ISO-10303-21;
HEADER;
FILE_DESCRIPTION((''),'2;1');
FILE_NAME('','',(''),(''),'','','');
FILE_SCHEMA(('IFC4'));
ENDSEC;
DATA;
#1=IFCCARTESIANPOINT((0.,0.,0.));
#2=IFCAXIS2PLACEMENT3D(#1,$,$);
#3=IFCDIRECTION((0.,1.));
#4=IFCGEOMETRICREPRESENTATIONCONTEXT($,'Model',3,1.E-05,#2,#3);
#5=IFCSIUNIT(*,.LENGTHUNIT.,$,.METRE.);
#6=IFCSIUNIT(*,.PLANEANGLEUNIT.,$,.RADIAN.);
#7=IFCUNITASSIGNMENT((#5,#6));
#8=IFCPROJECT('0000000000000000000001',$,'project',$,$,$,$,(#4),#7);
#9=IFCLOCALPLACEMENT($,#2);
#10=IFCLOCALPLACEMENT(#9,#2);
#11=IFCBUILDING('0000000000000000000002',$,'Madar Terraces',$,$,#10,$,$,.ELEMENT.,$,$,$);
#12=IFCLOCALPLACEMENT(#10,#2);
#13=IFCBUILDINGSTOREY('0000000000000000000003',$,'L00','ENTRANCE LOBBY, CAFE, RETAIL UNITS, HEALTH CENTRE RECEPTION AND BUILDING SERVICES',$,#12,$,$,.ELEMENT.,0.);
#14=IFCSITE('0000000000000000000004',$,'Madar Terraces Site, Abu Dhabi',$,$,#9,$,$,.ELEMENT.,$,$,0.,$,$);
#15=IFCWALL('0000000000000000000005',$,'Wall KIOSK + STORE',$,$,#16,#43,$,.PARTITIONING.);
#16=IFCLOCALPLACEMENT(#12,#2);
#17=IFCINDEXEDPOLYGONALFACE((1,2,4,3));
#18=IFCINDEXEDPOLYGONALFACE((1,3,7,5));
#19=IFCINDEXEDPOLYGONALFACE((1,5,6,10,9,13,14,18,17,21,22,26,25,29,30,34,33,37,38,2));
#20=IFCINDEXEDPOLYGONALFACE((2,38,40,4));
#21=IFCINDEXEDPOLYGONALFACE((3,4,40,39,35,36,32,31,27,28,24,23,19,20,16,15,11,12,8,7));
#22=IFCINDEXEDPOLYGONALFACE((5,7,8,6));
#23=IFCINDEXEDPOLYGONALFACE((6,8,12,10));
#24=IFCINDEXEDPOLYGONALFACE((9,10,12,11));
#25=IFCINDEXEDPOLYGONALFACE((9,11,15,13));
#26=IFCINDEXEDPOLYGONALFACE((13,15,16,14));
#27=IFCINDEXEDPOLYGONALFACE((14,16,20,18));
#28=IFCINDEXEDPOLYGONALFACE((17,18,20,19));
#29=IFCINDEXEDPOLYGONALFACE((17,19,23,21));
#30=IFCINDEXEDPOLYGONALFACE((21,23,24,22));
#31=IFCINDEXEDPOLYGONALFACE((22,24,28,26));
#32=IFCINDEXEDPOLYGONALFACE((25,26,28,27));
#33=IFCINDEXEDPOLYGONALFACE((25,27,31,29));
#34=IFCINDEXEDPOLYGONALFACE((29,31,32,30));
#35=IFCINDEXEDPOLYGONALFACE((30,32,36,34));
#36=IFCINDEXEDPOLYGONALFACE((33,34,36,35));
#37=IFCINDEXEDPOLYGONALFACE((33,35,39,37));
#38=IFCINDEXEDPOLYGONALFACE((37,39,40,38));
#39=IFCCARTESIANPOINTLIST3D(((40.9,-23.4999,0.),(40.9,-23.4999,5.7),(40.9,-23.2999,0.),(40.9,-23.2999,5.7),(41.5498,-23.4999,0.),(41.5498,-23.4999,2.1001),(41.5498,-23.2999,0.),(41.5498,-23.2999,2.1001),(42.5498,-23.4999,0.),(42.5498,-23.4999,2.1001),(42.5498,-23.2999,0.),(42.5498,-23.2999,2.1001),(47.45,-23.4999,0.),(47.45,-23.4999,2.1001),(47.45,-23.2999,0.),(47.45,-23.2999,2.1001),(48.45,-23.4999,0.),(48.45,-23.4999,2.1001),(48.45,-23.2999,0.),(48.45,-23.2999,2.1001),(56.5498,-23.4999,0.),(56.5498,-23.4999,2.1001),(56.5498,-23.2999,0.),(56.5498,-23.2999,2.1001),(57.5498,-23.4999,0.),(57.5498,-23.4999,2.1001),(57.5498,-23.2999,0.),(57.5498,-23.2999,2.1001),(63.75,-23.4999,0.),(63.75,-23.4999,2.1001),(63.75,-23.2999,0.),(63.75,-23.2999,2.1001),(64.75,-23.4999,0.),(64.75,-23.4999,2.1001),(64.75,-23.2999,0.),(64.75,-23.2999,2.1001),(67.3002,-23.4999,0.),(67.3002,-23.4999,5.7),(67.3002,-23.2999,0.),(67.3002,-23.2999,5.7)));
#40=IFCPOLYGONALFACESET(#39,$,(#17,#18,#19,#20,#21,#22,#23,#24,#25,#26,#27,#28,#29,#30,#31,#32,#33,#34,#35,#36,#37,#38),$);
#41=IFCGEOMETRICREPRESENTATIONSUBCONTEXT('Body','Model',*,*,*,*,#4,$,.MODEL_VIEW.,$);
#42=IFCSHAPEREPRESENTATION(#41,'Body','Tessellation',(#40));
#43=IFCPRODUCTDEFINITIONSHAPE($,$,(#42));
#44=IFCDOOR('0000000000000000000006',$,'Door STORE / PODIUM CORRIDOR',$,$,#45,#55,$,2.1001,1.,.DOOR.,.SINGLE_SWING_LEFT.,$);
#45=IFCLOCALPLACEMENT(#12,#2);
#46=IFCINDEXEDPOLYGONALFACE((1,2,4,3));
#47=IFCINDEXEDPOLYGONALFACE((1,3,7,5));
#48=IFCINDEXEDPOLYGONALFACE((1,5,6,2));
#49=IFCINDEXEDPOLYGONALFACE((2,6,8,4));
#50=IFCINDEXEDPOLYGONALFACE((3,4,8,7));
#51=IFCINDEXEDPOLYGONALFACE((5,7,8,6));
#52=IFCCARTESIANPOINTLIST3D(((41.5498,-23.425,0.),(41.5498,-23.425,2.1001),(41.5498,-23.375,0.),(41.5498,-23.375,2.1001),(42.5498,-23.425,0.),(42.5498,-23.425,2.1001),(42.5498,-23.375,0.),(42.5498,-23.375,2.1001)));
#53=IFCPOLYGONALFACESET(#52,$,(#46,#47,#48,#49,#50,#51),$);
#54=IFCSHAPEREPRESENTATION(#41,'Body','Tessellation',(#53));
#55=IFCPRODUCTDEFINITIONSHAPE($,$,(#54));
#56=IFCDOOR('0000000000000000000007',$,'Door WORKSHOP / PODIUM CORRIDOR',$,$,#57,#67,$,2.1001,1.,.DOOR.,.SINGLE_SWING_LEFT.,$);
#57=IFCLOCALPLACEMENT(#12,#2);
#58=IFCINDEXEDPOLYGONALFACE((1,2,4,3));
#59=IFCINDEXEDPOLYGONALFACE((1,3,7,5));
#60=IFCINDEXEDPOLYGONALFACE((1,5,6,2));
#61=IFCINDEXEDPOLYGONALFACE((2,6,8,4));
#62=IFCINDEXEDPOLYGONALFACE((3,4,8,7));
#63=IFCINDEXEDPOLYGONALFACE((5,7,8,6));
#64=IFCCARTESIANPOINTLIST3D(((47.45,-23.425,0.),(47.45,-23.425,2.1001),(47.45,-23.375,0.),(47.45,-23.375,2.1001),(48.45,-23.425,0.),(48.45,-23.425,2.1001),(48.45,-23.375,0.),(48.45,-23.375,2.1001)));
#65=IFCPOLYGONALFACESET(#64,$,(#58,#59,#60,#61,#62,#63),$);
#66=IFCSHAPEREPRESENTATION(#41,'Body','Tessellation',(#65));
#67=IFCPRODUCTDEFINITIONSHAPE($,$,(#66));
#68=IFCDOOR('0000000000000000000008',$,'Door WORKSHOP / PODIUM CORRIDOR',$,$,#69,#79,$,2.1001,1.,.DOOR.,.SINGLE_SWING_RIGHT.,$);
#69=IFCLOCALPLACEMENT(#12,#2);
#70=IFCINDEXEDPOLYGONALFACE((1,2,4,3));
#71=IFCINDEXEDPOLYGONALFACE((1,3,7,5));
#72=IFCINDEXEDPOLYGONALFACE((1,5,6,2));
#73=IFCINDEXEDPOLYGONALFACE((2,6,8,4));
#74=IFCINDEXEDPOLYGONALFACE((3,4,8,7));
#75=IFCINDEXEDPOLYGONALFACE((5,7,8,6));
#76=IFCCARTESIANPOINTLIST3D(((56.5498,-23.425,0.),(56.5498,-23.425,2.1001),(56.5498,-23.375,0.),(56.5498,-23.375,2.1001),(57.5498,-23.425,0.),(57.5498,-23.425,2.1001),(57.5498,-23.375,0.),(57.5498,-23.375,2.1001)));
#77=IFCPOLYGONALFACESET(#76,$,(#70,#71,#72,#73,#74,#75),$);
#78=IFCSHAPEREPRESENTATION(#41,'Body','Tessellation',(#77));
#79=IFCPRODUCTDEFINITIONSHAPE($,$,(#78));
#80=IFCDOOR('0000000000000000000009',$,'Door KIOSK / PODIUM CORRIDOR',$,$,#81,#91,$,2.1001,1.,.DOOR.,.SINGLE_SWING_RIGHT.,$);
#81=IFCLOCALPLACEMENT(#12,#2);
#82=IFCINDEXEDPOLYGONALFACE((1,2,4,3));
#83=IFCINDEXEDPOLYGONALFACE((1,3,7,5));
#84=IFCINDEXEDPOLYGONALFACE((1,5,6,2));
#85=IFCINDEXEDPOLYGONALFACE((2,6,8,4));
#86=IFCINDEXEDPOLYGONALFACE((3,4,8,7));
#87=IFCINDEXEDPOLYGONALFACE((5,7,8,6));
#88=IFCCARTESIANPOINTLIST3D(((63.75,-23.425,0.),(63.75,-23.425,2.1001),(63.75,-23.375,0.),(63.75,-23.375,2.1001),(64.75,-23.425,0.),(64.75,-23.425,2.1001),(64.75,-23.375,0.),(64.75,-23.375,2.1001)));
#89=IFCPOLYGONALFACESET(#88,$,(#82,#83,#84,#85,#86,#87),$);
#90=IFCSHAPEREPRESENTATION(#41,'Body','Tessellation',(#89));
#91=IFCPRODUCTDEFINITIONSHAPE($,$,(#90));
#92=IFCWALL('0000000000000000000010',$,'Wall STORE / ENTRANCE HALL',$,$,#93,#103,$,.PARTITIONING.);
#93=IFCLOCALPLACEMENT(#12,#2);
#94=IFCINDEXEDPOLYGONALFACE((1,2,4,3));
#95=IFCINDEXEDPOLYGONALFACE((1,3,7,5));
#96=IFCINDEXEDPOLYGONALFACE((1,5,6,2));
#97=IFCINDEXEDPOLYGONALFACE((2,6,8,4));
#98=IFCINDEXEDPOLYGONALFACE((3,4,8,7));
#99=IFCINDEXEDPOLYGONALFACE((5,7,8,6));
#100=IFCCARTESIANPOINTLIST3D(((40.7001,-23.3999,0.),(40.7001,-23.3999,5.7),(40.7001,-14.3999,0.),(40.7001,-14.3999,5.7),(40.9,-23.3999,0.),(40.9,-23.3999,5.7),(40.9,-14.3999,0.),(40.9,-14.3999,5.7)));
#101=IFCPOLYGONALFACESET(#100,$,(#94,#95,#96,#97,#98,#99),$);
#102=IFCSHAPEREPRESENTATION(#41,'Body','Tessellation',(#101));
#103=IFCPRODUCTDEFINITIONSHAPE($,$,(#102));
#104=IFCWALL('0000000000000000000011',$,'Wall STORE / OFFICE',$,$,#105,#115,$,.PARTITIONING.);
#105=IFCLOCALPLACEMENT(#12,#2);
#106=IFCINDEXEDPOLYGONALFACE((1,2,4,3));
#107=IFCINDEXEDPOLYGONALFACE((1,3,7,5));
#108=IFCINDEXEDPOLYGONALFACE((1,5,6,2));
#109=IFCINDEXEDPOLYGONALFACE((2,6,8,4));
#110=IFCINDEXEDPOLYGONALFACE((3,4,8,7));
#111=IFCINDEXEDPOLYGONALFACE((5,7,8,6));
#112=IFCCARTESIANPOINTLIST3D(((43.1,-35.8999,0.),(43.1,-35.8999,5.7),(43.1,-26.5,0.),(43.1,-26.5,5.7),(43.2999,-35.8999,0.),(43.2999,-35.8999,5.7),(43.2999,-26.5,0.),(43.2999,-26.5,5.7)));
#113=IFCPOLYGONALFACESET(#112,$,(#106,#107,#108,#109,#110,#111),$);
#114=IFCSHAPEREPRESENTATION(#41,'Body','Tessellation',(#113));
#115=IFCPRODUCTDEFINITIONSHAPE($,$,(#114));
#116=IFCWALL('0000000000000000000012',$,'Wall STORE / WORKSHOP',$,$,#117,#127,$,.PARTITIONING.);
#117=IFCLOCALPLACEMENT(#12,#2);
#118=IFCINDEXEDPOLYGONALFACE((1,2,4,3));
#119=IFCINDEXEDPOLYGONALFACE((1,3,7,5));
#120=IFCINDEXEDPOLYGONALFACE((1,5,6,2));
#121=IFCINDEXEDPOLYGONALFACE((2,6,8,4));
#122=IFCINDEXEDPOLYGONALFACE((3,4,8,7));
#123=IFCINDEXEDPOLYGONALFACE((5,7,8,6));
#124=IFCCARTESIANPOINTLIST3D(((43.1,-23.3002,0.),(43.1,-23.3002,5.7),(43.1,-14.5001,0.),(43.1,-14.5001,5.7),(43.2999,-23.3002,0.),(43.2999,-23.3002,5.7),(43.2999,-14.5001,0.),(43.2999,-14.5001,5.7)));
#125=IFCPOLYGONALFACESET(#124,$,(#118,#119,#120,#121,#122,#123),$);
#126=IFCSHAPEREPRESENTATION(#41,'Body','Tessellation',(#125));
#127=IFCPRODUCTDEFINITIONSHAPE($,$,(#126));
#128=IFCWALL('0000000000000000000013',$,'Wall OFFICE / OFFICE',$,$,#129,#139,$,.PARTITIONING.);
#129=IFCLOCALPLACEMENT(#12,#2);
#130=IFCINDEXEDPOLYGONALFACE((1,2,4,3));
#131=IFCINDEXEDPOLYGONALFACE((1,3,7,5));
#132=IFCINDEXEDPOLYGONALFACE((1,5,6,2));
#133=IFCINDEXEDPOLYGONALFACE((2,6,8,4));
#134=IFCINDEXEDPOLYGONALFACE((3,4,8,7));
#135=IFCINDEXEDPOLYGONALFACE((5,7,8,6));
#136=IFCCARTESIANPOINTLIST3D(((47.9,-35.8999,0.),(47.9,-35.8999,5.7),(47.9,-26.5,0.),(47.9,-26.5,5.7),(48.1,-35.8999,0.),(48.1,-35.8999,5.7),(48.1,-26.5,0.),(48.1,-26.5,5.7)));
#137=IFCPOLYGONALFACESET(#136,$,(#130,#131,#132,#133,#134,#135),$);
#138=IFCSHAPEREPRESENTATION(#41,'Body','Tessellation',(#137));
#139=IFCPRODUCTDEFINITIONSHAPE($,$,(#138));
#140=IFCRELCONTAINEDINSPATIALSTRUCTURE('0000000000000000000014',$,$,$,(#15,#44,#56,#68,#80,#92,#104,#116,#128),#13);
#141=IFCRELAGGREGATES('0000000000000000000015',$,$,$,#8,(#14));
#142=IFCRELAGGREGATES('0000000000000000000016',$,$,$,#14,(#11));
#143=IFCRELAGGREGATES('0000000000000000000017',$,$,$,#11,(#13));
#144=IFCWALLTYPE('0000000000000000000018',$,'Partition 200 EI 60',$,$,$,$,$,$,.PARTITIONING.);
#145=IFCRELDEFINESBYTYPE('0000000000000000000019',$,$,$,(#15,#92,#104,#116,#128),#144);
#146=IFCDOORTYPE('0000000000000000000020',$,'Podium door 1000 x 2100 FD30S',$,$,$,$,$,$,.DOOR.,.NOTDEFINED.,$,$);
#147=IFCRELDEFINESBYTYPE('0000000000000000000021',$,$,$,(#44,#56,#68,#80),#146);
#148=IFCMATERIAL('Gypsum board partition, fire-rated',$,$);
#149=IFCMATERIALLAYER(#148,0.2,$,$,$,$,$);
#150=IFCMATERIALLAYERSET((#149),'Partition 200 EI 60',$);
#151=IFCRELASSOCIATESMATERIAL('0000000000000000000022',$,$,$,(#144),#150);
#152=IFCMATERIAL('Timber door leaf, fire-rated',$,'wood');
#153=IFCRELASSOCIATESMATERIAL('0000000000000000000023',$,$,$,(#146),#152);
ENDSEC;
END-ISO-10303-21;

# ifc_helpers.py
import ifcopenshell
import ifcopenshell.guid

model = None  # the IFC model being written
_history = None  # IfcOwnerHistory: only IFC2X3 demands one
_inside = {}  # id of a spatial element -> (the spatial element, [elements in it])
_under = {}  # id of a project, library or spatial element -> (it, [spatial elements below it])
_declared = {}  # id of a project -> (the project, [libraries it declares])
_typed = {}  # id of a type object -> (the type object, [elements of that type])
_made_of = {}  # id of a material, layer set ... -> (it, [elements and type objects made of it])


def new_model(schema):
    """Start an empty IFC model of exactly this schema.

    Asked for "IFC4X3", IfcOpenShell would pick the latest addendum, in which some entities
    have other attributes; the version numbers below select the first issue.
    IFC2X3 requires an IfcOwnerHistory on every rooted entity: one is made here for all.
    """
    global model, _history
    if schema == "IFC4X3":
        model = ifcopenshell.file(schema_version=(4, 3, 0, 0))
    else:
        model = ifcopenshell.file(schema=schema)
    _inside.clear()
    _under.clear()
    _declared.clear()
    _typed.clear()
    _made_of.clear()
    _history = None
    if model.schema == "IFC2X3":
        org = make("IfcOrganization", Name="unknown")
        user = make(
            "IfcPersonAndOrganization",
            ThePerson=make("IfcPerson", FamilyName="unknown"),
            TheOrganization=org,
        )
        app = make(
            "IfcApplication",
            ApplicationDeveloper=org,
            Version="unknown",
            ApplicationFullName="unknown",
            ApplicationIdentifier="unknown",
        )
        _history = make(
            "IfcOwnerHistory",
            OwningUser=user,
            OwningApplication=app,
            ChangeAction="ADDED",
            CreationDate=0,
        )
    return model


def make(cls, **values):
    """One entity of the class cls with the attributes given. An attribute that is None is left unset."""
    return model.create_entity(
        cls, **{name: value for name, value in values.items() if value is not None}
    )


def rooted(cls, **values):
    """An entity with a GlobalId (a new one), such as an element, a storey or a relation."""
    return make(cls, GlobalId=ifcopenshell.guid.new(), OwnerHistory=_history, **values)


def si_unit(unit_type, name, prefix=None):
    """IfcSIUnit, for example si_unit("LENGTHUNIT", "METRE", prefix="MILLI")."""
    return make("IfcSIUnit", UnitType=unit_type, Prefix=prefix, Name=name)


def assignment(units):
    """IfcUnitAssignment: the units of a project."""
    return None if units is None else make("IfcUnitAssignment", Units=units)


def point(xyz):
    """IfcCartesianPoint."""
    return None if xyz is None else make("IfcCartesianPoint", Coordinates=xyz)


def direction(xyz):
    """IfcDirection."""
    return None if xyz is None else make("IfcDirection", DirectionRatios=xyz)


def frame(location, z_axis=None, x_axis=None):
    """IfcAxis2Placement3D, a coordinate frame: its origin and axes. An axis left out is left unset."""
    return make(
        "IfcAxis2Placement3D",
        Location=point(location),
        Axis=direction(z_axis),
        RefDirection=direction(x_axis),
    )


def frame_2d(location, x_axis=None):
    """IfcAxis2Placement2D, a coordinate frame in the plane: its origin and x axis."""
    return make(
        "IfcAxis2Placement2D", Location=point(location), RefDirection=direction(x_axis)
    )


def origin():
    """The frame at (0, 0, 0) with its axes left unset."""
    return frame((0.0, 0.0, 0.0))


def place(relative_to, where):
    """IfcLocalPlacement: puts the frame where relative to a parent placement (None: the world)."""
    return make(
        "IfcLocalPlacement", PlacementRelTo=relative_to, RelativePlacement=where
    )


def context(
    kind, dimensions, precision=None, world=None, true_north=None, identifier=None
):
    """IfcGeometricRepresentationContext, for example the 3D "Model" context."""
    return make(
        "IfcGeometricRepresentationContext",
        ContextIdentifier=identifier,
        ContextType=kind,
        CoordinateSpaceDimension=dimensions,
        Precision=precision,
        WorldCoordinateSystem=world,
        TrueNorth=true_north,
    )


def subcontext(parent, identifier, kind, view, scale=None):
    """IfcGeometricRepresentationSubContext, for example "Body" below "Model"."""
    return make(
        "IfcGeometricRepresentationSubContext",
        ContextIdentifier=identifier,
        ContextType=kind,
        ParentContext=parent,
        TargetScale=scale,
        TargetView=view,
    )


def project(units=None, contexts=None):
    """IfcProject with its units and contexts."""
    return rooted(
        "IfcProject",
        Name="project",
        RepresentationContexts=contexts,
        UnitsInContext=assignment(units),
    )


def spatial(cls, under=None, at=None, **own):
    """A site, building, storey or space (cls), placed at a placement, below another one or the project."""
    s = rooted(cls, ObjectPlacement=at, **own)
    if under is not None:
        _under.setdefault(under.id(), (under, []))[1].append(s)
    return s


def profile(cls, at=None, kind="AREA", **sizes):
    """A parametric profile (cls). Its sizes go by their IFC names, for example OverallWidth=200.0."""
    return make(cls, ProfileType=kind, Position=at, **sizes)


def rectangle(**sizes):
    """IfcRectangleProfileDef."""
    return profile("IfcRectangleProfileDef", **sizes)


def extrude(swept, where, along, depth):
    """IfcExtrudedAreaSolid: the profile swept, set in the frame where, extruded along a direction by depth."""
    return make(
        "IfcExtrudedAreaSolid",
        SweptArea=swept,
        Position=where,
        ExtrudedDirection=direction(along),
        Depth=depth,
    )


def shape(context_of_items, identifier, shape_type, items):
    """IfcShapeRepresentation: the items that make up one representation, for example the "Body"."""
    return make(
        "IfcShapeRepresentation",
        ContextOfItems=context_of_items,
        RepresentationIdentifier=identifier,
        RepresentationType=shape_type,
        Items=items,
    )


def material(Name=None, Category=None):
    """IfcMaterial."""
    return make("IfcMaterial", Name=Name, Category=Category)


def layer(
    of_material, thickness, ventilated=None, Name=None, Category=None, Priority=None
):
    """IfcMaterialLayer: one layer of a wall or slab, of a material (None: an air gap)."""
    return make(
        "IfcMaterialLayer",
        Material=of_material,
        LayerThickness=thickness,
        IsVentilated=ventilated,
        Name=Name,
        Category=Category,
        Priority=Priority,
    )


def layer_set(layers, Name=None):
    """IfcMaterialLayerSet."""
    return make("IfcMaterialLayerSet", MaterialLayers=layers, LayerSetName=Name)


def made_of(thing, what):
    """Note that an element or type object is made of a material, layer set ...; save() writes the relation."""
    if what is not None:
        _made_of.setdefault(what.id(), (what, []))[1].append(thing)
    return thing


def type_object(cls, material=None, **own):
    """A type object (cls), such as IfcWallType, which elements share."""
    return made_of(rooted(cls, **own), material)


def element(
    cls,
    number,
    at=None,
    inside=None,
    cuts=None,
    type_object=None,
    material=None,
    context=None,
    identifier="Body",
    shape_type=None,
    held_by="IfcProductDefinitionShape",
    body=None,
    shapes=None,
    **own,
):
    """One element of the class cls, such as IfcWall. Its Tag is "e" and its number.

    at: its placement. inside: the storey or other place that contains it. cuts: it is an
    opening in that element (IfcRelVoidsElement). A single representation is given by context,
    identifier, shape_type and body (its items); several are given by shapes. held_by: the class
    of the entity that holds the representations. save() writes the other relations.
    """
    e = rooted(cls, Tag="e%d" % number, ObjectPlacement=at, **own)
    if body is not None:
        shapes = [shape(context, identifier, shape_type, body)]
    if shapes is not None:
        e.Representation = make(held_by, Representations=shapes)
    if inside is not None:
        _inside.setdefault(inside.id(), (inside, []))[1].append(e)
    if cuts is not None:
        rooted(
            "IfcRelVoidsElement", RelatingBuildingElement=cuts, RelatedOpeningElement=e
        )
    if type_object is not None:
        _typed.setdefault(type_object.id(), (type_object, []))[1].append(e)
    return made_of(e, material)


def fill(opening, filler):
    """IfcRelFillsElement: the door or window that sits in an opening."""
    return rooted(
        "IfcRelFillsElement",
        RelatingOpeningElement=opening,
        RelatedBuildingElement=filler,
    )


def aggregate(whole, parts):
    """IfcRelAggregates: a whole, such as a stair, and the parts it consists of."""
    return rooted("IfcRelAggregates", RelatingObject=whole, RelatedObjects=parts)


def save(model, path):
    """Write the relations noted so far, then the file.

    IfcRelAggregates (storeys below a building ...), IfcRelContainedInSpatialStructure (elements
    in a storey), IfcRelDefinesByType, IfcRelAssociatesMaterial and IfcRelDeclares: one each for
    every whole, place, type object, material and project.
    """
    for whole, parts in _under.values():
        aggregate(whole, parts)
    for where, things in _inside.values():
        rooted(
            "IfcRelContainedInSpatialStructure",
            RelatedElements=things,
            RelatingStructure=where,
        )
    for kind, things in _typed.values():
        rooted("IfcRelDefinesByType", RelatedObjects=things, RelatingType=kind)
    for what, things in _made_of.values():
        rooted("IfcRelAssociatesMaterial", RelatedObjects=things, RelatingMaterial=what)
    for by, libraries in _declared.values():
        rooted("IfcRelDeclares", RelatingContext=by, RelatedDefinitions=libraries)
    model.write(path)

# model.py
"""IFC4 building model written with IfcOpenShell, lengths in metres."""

from ifc_helpers import new_model, si_unit, direction, frame, frame_2d, origin, place, context, subcontext, project, spatial, rectangle, extrude, material, layer, layer_set, type_object, element, fill, save


model = new_model("IFC4")

# Units and contexts
model_context = context("Model", 3, precision=1e-05, world=origin(), true_north=direction((0.0, 1.0)))
body_context = subcontext(model_context, "Body", "Model", "MODEL_VIEW")
ifc_project = project(units=[si_unit("LENGTHUNIT", "METRE"), si_unit("PLANEANGLEUNIT", "RADIAN")], contexts=[model_context])

# Site, building, storey
site_placement = place(None, origin())
site = spatial("IfcSite", under=ifc_project, at=site_placement, Name="Madar Terraces Site, Abu Dhabi", CompositionType="ELEMENT", RefElevation=0.0)
building_placement = place(site_placement, origin())
building = spatial("IfcBuilding", under=site, at=building_placement, Name="Madar Terraces", CompositionType="ELEMENT")
storey_placement = place(building_placement, origin())
storey = spatial("IfcBuildingStorey", under=building, at=storey_placement, Name="L00", Description="ENTRANCE LOBBY, CAFE, RETAIL UNITS, HEALTH CENTRE RECEPTION AND BUILDING SERVICES", CompositionType="ELEMENT", Elevation=0.0)

# Wall, openings, doors
ifc_material_1 = material(Name="Gypsum board partition, fire-rated")
ifc_layer = layer(ifc_material_1, 0.2)
ifc_layer_set = layer_set([ifc_layer], Name="Partition 200 EI 60")
wall_type = type_object("IfcWallType", Name="Partition 200 EI 60", PredefinedType="PARTITIONING", material=ifc_layer_set)
ifc_material_2 = material(Name="Timber door leaf, fire-rated", Category="wood")
door_type = type_object("IfcDoorType", Name="Podium door 1000 x 2100 FD30S", OperationType="NOTDEFINED", PredefinedType="DOOR", material=ifc_material_2)
wall_1_placement = place(storey_placement, frame((40.8999, -23.3999, 0.0), z_axis=(0.0, 0.0, 1.0), x_axis=(1.0, 0.0, 0.0)))
wall_1 = element("IfcWall", 1, at=wall_1_placement, inside=storey, type_object=wall_type, Name="Wall KIOSK + STORE", PredefinedType="PARTITIONING", context=body_context, shape_type="SweptSolid", body=[
    extrude(rectangle(XDim=26.4001, YDim=0.2, at=frame_2d((13.2002, 0.0))), origin(), (0.0, 0.0, 1.0), 5.7),
])
opening_1_placement = place(wall_1_placement, frame((0.6499, 0.0, 0.0)))
opening_1 = element("IfcOpeningElement", 2, at=opening_1_placement, cuts=wall_1, PredefinedType="OPENING", context=body_context, shape_type="SweptSolid", body=[
    extrude(rectangle(XDim=1.0, YDim=2.1001, at=frame_2d((0.5, 1.05))), frame((0.0, 0.1099, 0.0), z_axis=(0.0, -1.0, 0.0), x_axis=(1.0, 0.0, 0.0)), (0.0, 0.0, 1.0), 0.22),
])
opening_2_placement = place(wall_1_placement, frame((6.55, 0.0, 0.0)))
opening_2 = element("IfcOpeningElement", 3, at=opening_2_placement, cuts=wall_1, PredefinedType="OPENING", context=body_context, shape_type="SweptSolid", body=[
    extrude(rectangle(XDim=1.0, YDim=2.1001, at=frame_2d((0.5, 1.05))), frame((0.0, 0.1099, 0.0), z_axis=(0.0, -1.0, 0.0), x_axis=(1.0, 0.0, 0.0)), (0.0, 0.0, 1.0), 0.22),
])
opening_3_placement = place(wall_1_placement, frame((15.6499, 0.0, 0.0)))
opening_3 = element("IfcOpeningElement", 4, at=opening_3_placement, cuts=wall_1, PredefinedType="OPENING", context=body_context, shape_type="SweptSolid", body=[
    extrude(rectangle(XDim=1.0, YDim=2.1001, at=frame_2d((0.5, 1.05))), frame((0.0, 0.1099, 0.0), z_axis=(0.0, -1.0, 0.0), x_axis=(1.0, 0.0, 0.0)), (0.0, 0.0, 1.0), 0.22),
])
opening_4_placement = place(wall_1_placement, frame((22.8501, 0.0, 0.0)))
opening_4 = element("IfcOpeningElement", 5, at=opening_4_placement, cuts=wall_1, PredefinedType="OPENING", context=body_context, shape_type="SweptSolid", body=[
    extrude(rectangle(XDim=1.0, YDim=2.1001, at=frame_2d((0.5, 1.05))), frame((0.0, 0.1099, 0.0), z_axis=(0.0, -1.0, 0.0), x_axis=(1.0, 0.0, 0.0)), (0.0, 0.0, 1.0), 0.22),
])
door_1_placement = place(opening_1_placement, origin())
door_1 = element("IfcDoor", 6, at=door_1_placement, inside=storey, type_object=door_type, Name="Door STORE / PODIUM CORRIDOR", OperationType="SINGLE_SWING_LEFT", OverallHeight=2.1001, OverallWidth=1.0, PredefinedType="DOOR", context=body_context, shape_type="SweptSolid", body=[
    extrude(rectangle(XDim=1.0, YDim=2.1001, at=frame_2d((0.5, 1.05))), frame((0.0, 0.0249, 0.0), z_axis=(0.0, -1.0, 0.0), x_axis=(1.0, 0.0, 0.0)), (0.0, 0.0, 1.0), 0.05),
])
fill(opening_1, door_1)
door_2_placement = place(opening_2_placement, origin())
door_2 = element("IfcDoor", 7, at=door_2_placement, inside=storey, type_object=door_type, Name="Door WORKSHOP / PODIUM CORRIDOR", OperationType="SINGLE_SWING_LEFT", OverallHeight=2.1001, OverallWidth=1.0, PredefinedType="DOOR", context=body_context, shape_type="SweptSolid", body=[
    extrude(rectangle(XDim=1.0, YDim=2.1001, at=frame_2d((0.5, 1.05))), frame((0.0, 0.0249, 0.0), z_axis=(0.0, -1.0, 0.0), x_axis=(1.0, 0.0, 0.0)), (0.0, 0.0, 1.0), 0.05),
])
fill(opening_2, door_2)
door_3_placement = place(opening_3_placement, origin())
door_3 = element("IfcDoor", 8, at=door_3_placement, inside=storey, type_object=door_type, Name="Door WORKSHOP / PODIUM CORRIDOR", OperationType="SINGLE_SWING_RIGHT", OverallHeight=2.1001, OverallWidth=1.0, PredefinedType="DOOR", context=body_context, shape_type="SweptSolid", body=[
    extrude(rectangle(XDim=1.0, YDim=2.1001, at=frame_2d((0.5, 1.05))), frame((0.0, 0.0249, 0.0), z_axis=(0.0, -1.0, 0.0), x_axis=(1.0, 0.0, 0.0)), (0.0, 0.0, 1.0), 0.05),
])
fill(opening_3, door_3)
door_4_placement = place(opening_4_placement, origin())
door_4 = element("IfcDoor", 9, at=door_4_placement, inside=storey, type_object=door_type, Name="Door KIOSK / PODIUM CORRIDOR", OperationType="SINGLE_SWING_RIGHT", OverallHeight=2.1001, OverallWidth=1.0, PredefinedType="DOOR", context=body_context, shape_type="SweptSolid", body=[
    extrude(rectangle(XDim=1.0, YDim=2.1001, at=frame_2d((0.5, 1.05))), frame((0.0, 0.0249, 0.0), z_axis=(0.0, -1.0, 0.0), x_axis=(1.0, 0.0, 0.0)), (0.0, 0.0, 1.0), 0.05),
])
fill(opening_4, door_4)

# Walls
wall_2_placement = place(storey_placement, frame((40.8, -23.3999, 0.0), z_axis=(0.0, 0.0, 1.0), x_axis=(0.0, 1.0, 0.0)))
element("IfcWall", 10, at=wall_2_placement, inside=storey, type_object=wall_type, Name="Wall STORE / ENTRANCE HALL", PredefinedType="PARTITIONING", context=body_context, shape_type="SweptSolid", body=[
    extrude(rectangle(XDim=9.0, YDim=0.2, at=frame_2d((4.5, 0.0))), origin(), (0.0, 0.0, 1.0), 5.7),
])
wall_3_placement = place(storey_placement, frame((43.2, -35.8999, 0.0), z_axis=(0.0, 0.0, 1.0), x_axis=(0.0, 1.0, 0.0)))
element("IfcWall", 11, at=wall_3_placement, inside=storey, type_object=wall_type, Name="Wall STORE / OFFICE", PredefinedType="PARTITIONING", context=body_context, shape_type="SweptSolid", body=[
    extrude(rectangle(XDim=9.3999, YDim=0.2, at=frame_2d((4.7, 0.0))), origin(), (0.0, 0.0, 1.0), 5.7),
])
wall_4_placement = place(storey_placement, frame((43.2, -23.3, 0.0), z_axis=(0.0, 0.0, 1.0), x_axis=(0.0, 1.0, 0.0)))
element("IfcWall", 12, at=wall_4_placement, inside=storey, type_object=wall_type, Name="Wall STORE / WORKSHOP", PredefinedType="PARTITIONING", context=body_context, shape_type="SweptSolid", body=[
    extrude(rectangle(XDim=8.8, YDim=0.2, at=frame_2d((4.3999, 0.0))), origin(), (0.0, 0.0, 1.0), 5.7),
])
wall_5_placement = place(storey_placement, frame((48.0, -35.8999, 0.0), z_axis=(0.0, 0.0, 1.0), x_axis=(0.0, 1.0, 0.0)))
element("IfcWall", 13, at=wall_5_placement, inside=storey, type_object=wall_type, Name="Wall OFFICE / OFFICE", PredefinedType="PARTITIONING", context=body_context, shape_type="SweptSolid", body=[
    extrude(rectangle(XDim=9.3999, YDim=0.2, at=frame_2d((4.7, 0.0))), origin(), (0.0, 0.0, 1.0), 5.7),
])

save(model, "model.ifc")
